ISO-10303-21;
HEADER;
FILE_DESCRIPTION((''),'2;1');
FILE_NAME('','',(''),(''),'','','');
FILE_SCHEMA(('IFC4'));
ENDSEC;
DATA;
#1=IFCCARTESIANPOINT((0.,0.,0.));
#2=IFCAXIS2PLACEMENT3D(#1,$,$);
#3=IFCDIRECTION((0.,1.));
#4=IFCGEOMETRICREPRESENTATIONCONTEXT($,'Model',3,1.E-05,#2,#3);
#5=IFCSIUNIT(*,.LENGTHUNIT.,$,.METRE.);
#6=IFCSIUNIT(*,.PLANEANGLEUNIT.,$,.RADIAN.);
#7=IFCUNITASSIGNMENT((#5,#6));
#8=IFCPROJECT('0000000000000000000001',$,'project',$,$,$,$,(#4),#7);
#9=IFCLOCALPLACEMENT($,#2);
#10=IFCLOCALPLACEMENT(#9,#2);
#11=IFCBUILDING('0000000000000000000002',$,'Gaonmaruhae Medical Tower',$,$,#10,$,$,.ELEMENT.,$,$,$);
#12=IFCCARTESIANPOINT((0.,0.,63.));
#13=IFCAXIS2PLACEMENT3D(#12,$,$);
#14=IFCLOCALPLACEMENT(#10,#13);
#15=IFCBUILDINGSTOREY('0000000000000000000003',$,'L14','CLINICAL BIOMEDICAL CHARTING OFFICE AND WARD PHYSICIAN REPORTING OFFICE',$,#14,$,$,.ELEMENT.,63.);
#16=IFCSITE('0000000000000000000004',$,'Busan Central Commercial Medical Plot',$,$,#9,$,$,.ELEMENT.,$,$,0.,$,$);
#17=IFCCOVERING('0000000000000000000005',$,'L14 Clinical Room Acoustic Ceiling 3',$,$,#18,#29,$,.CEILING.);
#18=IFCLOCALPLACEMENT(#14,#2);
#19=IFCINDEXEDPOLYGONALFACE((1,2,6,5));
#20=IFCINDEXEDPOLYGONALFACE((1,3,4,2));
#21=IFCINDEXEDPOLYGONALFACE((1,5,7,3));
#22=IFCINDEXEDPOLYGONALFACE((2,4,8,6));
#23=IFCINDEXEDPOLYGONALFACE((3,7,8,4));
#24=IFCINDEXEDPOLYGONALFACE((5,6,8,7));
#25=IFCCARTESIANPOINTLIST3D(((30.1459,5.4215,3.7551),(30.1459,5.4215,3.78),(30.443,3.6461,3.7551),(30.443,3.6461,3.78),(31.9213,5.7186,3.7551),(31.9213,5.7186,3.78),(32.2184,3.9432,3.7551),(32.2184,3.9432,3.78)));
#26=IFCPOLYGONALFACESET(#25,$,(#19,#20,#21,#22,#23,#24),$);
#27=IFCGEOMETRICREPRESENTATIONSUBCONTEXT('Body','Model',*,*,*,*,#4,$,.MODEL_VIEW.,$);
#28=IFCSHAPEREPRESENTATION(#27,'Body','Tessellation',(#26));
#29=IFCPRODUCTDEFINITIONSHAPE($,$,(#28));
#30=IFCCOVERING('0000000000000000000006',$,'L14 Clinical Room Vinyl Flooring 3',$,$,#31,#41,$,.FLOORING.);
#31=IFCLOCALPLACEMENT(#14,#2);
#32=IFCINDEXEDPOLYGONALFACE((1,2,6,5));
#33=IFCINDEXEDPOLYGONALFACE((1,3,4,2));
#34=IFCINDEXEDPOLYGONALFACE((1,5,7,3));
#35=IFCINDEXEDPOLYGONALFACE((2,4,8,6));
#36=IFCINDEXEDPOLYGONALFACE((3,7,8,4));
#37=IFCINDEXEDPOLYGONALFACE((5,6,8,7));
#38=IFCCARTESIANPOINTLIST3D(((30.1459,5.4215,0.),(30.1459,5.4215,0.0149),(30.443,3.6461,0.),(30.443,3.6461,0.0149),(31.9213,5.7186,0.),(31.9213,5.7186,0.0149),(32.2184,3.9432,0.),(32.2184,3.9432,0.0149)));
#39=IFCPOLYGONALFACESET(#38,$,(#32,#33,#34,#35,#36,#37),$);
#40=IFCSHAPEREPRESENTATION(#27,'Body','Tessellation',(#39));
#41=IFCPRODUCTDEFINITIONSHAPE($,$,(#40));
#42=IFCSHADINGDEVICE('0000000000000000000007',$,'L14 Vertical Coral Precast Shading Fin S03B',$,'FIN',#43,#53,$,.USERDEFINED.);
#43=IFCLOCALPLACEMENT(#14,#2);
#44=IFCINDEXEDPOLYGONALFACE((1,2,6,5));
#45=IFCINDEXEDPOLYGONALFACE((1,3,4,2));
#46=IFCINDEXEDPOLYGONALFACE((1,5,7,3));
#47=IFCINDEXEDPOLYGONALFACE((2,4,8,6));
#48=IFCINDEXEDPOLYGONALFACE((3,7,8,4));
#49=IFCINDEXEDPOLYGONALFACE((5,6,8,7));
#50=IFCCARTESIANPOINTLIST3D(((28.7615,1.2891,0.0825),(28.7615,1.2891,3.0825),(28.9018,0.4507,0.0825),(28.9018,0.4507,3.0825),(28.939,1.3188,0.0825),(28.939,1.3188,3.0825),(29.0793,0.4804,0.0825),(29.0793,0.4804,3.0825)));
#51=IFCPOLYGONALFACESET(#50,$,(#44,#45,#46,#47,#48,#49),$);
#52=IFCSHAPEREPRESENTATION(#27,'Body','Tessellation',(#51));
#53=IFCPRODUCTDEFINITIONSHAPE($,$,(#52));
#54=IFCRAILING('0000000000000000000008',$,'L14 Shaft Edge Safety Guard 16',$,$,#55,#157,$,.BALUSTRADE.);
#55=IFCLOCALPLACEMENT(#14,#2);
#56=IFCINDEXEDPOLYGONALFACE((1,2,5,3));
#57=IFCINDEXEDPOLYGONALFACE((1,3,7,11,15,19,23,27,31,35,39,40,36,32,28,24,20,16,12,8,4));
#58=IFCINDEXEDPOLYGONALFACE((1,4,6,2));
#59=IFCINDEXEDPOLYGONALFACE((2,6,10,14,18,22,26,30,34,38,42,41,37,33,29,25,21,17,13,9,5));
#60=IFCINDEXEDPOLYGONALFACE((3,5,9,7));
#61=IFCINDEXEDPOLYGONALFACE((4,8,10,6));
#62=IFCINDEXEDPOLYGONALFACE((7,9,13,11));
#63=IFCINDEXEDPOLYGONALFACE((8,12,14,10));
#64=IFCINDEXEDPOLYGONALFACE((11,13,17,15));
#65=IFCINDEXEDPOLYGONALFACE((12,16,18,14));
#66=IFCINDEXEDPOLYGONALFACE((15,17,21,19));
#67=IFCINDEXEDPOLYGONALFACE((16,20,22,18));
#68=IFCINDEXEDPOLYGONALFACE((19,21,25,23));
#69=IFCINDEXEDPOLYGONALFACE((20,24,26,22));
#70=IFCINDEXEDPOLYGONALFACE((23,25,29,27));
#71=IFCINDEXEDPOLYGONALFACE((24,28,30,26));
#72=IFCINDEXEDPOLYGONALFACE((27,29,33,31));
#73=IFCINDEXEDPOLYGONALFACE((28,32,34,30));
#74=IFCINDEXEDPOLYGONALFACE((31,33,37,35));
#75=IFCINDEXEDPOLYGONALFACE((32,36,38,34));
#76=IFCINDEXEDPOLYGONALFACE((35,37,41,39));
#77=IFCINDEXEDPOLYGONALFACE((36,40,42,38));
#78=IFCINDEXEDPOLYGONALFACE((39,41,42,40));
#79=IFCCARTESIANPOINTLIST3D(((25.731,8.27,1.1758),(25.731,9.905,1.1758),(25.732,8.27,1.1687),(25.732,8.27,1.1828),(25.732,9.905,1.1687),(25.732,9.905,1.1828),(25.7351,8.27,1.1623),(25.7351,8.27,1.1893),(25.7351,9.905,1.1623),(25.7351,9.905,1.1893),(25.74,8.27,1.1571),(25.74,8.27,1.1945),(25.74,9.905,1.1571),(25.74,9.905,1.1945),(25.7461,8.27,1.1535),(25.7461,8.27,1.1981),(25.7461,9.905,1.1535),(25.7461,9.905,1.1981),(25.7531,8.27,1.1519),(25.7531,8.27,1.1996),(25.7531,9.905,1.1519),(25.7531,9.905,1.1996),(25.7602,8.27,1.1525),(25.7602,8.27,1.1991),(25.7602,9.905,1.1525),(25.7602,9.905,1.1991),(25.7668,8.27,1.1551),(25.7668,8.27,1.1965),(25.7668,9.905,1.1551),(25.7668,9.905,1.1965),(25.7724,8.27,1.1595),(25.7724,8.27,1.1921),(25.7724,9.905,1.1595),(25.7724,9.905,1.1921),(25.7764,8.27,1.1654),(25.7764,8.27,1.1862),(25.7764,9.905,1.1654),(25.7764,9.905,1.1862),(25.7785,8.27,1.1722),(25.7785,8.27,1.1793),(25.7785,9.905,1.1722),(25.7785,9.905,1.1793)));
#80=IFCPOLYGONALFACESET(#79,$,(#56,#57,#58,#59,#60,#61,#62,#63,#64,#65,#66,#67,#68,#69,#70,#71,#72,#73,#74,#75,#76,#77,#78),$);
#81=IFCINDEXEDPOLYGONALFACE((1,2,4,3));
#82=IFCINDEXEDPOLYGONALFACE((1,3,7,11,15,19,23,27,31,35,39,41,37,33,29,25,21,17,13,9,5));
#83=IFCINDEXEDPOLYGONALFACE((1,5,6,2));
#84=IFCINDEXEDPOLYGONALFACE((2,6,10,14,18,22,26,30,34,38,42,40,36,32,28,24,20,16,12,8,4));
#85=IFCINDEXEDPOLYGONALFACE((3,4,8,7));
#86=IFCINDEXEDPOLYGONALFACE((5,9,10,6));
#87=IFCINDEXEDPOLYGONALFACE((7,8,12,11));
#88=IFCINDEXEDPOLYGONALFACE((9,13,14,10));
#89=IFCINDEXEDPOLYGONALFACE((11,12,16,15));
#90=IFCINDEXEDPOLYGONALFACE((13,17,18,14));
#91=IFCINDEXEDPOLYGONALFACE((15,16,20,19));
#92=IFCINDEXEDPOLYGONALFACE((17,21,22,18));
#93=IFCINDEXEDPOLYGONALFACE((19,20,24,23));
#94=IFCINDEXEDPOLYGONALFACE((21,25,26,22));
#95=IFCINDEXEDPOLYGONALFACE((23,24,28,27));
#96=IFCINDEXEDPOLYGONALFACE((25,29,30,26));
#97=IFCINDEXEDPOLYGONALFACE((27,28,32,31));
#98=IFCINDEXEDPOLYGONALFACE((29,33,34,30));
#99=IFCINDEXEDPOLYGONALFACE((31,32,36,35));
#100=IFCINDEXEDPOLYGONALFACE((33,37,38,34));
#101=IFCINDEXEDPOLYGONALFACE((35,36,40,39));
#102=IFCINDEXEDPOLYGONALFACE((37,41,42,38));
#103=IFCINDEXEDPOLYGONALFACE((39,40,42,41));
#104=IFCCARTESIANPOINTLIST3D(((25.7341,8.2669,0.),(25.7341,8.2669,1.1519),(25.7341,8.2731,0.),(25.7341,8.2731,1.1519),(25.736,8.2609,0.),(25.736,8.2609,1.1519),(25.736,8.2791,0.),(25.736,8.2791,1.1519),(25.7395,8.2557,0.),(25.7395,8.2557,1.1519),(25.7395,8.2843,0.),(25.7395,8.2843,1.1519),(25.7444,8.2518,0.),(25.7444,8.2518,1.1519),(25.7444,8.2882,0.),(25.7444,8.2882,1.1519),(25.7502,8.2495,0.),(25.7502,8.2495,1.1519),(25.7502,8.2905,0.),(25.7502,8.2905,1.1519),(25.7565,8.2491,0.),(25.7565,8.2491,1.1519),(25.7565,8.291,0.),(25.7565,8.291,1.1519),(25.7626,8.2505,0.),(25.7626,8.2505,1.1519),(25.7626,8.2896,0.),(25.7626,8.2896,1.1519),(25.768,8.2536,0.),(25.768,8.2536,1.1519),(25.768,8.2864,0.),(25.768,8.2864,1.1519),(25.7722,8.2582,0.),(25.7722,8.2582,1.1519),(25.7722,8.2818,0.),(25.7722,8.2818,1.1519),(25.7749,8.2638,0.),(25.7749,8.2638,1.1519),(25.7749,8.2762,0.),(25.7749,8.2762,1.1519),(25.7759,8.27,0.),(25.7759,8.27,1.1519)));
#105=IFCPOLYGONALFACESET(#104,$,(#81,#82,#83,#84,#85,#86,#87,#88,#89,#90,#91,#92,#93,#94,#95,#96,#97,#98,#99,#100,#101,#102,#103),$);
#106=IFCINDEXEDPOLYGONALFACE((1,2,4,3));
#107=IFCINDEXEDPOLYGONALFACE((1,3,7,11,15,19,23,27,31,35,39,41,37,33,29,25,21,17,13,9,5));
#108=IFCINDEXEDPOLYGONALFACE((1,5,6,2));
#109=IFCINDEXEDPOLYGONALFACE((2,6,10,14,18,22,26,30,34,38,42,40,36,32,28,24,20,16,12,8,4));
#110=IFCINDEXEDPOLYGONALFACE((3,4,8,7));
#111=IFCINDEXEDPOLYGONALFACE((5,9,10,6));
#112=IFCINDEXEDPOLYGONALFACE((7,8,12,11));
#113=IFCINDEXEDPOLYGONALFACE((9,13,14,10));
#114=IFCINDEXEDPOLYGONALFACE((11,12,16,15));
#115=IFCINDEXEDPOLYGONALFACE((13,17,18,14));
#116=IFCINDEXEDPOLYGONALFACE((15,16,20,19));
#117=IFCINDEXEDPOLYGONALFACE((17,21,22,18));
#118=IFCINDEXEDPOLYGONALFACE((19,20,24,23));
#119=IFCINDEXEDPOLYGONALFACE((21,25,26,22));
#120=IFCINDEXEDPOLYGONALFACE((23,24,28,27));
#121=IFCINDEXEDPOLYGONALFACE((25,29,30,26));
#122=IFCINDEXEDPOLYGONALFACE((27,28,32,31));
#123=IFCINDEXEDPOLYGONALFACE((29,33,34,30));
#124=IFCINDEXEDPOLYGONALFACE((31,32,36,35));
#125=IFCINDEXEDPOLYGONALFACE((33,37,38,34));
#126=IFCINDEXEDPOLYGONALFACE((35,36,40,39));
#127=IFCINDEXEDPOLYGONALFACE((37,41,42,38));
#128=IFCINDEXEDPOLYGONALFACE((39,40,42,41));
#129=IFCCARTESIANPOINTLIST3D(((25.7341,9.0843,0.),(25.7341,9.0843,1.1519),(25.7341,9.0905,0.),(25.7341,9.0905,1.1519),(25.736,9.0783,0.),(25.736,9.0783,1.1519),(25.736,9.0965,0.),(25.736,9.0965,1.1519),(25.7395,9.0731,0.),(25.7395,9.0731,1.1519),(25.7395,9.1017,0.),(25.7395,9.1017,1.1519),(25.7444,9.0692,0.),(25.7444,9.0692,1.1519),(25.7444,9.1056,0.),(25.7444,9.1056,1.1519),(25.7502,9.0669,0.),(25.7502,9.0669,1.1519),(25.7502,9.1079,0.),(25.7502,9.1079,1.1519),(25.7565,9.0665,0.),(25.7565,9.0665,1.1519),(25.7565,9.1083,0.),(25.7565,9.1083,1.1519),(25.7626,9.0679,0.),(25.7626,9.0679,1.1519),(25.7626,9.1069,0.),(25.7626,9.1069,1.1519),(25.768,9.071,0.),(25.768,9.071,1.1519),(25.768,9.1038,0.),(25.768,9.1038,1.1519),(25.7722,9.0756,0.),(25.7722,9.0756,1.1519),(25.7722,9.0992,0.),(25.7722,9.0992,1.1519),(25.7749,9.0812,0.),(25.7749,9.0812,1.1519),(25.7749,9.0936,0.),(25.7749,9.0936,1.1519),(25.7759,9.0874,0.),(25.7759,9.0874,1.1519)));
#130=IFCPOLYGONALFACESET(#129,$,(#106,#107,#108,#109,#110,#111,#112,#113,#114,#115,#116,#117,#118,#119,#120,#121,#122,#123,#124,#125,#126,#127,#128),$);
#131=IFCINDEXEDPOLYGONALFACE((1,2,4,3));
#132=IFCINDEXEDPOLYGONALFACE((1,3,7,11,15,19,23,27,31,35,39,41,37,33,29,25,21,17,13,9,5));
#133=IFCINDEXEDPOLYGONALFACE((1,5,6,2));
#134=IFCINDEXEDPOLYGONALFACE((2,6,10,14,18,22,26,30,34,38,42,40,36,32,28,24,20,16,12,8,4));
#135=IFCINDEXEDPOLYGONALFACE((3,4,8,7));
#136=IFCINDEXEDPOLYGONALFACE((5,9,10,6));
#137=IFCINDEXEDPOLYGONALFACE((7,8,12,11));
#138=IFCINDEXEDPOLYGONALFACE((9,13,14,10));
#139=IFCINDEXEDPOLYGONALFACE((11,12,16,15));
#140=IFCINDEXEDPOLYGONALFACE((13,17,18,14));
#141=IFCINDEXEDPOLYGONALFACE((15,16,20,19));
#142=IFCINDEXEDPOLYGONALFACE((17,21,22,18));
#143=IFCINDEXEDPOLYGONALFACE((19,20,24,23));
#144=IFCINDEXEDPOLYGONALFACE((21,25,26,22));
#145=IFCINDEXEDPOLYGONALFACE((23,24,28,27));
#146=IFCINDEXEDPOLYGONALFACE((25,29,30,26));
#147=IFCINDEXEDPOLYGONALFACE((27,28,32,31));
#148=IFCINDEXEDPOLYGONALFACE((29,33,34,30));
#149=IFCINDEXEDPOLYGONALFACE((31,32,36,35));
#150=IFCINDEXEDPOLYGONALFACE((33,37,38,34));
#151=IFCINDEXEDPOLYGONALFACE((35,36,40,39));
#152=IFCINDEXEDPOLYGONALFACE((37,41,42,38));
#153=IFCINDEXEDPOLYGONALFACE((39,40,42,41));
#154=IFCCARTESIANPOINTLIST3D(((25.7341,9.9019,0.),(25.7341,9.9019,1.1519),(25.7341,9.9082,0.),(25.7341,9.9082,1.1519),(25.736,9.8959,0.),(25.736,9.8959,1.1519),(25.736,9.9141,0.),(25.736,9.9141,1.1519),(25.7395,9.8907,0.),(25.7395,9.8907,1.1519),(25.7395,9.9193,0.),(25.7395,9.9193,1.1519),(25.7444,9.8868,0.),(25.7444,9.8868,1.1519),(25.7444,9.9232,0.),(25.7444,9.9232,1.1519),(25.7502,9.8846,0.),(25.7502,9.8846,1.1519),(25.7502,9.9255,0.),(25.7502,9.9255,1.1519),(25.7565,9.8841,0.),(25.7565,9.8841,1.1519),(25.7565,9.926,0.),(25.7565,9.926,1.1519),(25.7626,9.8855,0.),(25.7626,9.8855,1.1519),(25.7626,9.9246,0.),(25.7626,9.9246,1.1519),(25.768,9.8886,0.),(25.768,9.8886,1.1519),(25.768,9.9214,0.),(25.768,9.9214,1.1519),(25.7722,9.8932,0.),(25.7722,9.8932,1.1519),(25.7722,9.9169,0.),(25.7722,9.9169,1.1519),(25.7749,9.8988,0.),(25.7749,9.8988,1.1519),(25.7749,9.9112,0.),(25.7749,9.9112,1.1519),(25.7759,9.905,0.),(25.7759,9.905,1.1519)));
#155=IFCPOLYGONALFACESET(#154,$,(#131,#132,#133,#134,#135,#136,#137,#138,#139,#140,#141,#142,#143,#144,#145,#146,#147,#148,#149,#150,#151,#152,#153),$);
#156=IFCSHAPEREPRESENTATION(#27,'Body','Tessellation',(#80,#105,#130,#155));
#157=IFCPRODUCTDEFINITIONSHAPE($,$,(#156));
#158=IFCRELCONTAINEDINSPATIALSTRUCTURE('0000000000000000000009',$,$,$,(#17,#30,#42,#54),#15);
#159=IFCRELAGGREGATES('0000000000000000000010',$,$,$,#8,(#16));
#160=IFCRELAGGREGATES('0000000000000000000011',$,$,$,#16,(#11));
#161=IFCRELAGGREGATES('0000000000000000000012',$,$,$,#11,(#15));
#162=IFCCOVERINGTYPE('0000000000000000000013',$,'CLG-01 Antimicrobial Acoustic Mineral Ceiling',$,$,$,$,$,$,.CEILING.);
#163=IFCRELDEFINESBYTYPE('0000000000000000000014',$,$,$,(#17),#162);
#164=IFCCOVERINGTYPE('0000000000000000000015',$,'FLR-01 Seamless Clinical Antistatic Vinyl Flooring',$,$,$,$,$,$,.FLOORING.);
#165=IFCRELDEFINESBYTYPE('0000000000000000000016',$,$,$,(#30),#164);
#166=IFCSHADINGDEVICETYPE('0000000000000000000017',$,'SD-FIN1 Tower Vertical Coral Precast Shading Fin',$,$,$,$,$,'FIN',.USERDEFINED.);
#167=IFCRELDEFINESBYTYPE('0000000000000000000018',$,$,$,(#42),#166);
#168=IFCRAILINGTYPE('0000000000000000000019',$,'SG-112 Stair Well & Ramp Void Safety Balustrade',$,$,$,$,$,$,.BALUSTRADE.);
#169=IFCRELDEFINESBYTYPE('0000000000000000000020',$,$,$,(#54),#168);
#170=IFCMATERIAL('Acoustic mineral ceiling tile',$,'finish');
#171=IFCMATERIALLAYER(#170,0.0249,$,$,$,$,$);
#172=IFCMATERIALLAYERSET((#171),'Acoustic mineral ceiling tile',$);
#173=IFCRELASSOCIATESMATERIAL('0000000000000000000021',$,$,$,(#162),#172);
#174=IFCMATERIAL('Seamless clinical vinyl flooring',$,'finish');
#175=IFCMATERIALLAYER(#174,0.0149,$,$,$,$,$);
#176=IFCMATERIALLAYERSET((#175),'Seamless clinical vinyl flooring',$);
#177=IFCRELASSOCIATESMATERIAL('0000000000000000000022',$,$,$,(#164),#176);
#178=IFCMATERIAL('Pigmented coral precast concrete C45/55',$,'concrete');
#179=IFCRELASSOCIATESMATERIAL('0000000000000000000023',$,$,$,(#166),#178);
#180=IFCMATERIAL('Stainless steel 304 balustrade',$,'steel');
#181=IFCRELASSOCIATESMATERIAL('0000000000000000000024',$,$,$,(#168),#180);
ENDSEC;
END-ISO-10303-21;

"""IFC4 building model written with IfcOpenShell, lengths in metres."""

from ifc_helpers import new_model, si_unit, direction, frame, origin, origin_2d, place, context, subcontext, project, spatial, rectangle, circle, extrude, material, layer, layer_set, type_object, element, save


model = new_model("IFC4")

# Units and contexts
model_context = context("Model", 3, precision=1e-05, world=origin(), true_north=direction((0.0, 1.0)))
body_context = subcontext(model_context, "Body", "Model", "MODEL_VIEW")
ifc_project = project(units=[si_unit("LENGTHUNIT", "METRE"), si_unit("PLANEANGLEUNIT", "RADIAN")], contexts=[model_context])

# Site, building, storey
site_placement = place(None, origin())
site = spatial("IfcSite", under=ifc_project, at=site_placement, Name="Busan Central Commercial Medical Plot", CompositionType="ELEMENT", RefElevation=0.0)
building_placement = place(site_placement, origin())
building = spatial("IfcBuilding", under=site, at=building_placement, Name="Gaonmaruhae Medical Tower", CompositionType="ELEMENT")
storey_placement = place(building_placement, frame((0.0, 0.0, 63.0)))
storey = spatial("IfcBuildingStorey", under=building, at=storey_placement, Name="L14", Description="CLINICAL BIOMEDICAL CHARTING OFFICE AND WARD PHYSICIAN REPORTING OFFICE", CompositionType="ELEMENT", Elevation=63.0)

# Coverings
ifc_material_1 = material(Name="Acoustic mineral ceiling tile", Category="finish")
ifc_layer_1 = layer(ifc_material_1, 0.0249)
ifc_layer_set_1 = layer_set([ifc_layer_1], Name="Acoustic mineral ceiling tile")
covering_type_1 = type_object("IfcCoveringType", Name="CLG-01 Antimicrobial Acoustic Mineral Ceiling", PredefinedType="CEILING", material=ifc_layer_set_1)
covering_1_placement = place(storey_placement, frame((31.1821, 4.6824, 3.7551), z_axis=(0.0, 0.0, 1.0), x_axis=(0.986286, 0.165048, 0.0)))
element("IfcCovering", 1, at=covering_1_placement, inside=storey, type_object=covering_type_1, Name="L14 Clinical Room Acoustic Ceiling 3", PredefinedType="CEILING", context=body_context, shape_type="SweptSolid", body=[
    extrude(rectangle(XDim=1.8, YDim=1.8, at=origin_2d()), origin(), (0.0, 0.0, 1.0), 0.0249),
])
ifc_material_2 = material(Name="Seamless clinical vinyl flooring", Category="finish")
ifc_layer_2 = layer(ifc_material_2, 0.0149)
ifc_layer_set_2 = layer_set([ifc_layer_2], Name="Seamless clinical vinyl flooring")
covering_type_2 = type_object("IfcCoveringType", Name="FLR-01 Seamless Clinical Antistatic Vinyl Flooring", PredefinedType="FLOORING", material=ifc_layer_set_2)
covering_2_placement = place(storey_placement, frame((31.1821, 4.6824, 0.0), z_axis=(0.0, 0.0, 1.0), x_axis=(0.986286, 0.165048, 0.0)))
element("IfcCovering", 2, at=covering_2_placement, inside=storey, type_object=covering_type_2, Name="L14 Clinical Room Vinyl Flooring 3", PredefinedType="FLOORING", context=body_context, shape_type="SweptSolid", body=[
    extrude(rectangle(XDim=1.8, YDim=1.8, at=origin_2d()), origin(), (0.0, 0.0, 1.0), 0.0149),
])

# Shading device
ifc_material_3 = material(Name="Pigmented coral precast concrete C45/55", Category="concrete")
shading_device_type = type_object("IfcShadingDeviceType", Name="SD-FIN1 Tower Vertical Coral Precast Shading Fin", ElementType="FIN", PredefinedType="USERDEFINED", material=ifc_material_3)
shading_device_placement = place(storey_placement, frame((28.9204, 0.8848, 0.0825), z_axis=(0.0, 0.0, 1.0), x_axis=(-0.986288, -0.16503, 0.0)))
element("IfcShadingDevice", 3, at=shading_device_placement, inside=storey, type_object=shading_device_type, Name="L14 Vertical Coral Precast Shading Fin S03B", ObjectType="FIN", PredefinedType="USERDEFINED", context=body_context, shape_type="SweptSolid", body=[
    extrude(rectangle(XDim=0.1799, YDim=0.8501, at=origin_2d()), origin(), (0.0, 0.0, 1.0), 3.0),
])

# Railing
ifc_material_4 = material(Name="Stainless steel 304 balustrade", Category="steel")
railing_type = type_object("IfcRailingType", Name="SG-112 Stair Well & Ramp Void Safety Balustrade", PredefinedType="BALUSTRADE", material=ifc_material_4)
railing_placement = place(storey_placement, frame((25.7549, 8.27, 0.0)))
element("IfcRailing", 4, at=railing_placement, inside=storey, type_object=railing_type, Name="L14 Shaft Edge Safety Guard 16", PredefinedType="BALUSTRADE", context=body_context, shape_type="SweptSolid", body=[
    extrude(circle(Radius=0.0239, at=origin_2d()), frame((0.0, 0.0, 1.1758), z_axis=(0.0, 1.0, 0.0), x_axis=(-1.0, 0.0, 0.0)), (0.0, 0.0, 1.0), 1.635),
    extrude(circle(Radius=0.021, at=origin_2d()), origin(), (0.0, 0.0, 1.0), 1.1519),
    extrude(circle(Radius=0.021, at=origin_2d()), frame((0.0, 0.8174, 0.0)), (0.0, 0.0, 1.0), 1.1519),
    extrude(circle(Radius=0.021, at=origin_2d()), frame((0.0, 1.635, 0.0)), (0.0, 0.0, 1.0), 1.1519),
])

save(model, "model.ifc")
